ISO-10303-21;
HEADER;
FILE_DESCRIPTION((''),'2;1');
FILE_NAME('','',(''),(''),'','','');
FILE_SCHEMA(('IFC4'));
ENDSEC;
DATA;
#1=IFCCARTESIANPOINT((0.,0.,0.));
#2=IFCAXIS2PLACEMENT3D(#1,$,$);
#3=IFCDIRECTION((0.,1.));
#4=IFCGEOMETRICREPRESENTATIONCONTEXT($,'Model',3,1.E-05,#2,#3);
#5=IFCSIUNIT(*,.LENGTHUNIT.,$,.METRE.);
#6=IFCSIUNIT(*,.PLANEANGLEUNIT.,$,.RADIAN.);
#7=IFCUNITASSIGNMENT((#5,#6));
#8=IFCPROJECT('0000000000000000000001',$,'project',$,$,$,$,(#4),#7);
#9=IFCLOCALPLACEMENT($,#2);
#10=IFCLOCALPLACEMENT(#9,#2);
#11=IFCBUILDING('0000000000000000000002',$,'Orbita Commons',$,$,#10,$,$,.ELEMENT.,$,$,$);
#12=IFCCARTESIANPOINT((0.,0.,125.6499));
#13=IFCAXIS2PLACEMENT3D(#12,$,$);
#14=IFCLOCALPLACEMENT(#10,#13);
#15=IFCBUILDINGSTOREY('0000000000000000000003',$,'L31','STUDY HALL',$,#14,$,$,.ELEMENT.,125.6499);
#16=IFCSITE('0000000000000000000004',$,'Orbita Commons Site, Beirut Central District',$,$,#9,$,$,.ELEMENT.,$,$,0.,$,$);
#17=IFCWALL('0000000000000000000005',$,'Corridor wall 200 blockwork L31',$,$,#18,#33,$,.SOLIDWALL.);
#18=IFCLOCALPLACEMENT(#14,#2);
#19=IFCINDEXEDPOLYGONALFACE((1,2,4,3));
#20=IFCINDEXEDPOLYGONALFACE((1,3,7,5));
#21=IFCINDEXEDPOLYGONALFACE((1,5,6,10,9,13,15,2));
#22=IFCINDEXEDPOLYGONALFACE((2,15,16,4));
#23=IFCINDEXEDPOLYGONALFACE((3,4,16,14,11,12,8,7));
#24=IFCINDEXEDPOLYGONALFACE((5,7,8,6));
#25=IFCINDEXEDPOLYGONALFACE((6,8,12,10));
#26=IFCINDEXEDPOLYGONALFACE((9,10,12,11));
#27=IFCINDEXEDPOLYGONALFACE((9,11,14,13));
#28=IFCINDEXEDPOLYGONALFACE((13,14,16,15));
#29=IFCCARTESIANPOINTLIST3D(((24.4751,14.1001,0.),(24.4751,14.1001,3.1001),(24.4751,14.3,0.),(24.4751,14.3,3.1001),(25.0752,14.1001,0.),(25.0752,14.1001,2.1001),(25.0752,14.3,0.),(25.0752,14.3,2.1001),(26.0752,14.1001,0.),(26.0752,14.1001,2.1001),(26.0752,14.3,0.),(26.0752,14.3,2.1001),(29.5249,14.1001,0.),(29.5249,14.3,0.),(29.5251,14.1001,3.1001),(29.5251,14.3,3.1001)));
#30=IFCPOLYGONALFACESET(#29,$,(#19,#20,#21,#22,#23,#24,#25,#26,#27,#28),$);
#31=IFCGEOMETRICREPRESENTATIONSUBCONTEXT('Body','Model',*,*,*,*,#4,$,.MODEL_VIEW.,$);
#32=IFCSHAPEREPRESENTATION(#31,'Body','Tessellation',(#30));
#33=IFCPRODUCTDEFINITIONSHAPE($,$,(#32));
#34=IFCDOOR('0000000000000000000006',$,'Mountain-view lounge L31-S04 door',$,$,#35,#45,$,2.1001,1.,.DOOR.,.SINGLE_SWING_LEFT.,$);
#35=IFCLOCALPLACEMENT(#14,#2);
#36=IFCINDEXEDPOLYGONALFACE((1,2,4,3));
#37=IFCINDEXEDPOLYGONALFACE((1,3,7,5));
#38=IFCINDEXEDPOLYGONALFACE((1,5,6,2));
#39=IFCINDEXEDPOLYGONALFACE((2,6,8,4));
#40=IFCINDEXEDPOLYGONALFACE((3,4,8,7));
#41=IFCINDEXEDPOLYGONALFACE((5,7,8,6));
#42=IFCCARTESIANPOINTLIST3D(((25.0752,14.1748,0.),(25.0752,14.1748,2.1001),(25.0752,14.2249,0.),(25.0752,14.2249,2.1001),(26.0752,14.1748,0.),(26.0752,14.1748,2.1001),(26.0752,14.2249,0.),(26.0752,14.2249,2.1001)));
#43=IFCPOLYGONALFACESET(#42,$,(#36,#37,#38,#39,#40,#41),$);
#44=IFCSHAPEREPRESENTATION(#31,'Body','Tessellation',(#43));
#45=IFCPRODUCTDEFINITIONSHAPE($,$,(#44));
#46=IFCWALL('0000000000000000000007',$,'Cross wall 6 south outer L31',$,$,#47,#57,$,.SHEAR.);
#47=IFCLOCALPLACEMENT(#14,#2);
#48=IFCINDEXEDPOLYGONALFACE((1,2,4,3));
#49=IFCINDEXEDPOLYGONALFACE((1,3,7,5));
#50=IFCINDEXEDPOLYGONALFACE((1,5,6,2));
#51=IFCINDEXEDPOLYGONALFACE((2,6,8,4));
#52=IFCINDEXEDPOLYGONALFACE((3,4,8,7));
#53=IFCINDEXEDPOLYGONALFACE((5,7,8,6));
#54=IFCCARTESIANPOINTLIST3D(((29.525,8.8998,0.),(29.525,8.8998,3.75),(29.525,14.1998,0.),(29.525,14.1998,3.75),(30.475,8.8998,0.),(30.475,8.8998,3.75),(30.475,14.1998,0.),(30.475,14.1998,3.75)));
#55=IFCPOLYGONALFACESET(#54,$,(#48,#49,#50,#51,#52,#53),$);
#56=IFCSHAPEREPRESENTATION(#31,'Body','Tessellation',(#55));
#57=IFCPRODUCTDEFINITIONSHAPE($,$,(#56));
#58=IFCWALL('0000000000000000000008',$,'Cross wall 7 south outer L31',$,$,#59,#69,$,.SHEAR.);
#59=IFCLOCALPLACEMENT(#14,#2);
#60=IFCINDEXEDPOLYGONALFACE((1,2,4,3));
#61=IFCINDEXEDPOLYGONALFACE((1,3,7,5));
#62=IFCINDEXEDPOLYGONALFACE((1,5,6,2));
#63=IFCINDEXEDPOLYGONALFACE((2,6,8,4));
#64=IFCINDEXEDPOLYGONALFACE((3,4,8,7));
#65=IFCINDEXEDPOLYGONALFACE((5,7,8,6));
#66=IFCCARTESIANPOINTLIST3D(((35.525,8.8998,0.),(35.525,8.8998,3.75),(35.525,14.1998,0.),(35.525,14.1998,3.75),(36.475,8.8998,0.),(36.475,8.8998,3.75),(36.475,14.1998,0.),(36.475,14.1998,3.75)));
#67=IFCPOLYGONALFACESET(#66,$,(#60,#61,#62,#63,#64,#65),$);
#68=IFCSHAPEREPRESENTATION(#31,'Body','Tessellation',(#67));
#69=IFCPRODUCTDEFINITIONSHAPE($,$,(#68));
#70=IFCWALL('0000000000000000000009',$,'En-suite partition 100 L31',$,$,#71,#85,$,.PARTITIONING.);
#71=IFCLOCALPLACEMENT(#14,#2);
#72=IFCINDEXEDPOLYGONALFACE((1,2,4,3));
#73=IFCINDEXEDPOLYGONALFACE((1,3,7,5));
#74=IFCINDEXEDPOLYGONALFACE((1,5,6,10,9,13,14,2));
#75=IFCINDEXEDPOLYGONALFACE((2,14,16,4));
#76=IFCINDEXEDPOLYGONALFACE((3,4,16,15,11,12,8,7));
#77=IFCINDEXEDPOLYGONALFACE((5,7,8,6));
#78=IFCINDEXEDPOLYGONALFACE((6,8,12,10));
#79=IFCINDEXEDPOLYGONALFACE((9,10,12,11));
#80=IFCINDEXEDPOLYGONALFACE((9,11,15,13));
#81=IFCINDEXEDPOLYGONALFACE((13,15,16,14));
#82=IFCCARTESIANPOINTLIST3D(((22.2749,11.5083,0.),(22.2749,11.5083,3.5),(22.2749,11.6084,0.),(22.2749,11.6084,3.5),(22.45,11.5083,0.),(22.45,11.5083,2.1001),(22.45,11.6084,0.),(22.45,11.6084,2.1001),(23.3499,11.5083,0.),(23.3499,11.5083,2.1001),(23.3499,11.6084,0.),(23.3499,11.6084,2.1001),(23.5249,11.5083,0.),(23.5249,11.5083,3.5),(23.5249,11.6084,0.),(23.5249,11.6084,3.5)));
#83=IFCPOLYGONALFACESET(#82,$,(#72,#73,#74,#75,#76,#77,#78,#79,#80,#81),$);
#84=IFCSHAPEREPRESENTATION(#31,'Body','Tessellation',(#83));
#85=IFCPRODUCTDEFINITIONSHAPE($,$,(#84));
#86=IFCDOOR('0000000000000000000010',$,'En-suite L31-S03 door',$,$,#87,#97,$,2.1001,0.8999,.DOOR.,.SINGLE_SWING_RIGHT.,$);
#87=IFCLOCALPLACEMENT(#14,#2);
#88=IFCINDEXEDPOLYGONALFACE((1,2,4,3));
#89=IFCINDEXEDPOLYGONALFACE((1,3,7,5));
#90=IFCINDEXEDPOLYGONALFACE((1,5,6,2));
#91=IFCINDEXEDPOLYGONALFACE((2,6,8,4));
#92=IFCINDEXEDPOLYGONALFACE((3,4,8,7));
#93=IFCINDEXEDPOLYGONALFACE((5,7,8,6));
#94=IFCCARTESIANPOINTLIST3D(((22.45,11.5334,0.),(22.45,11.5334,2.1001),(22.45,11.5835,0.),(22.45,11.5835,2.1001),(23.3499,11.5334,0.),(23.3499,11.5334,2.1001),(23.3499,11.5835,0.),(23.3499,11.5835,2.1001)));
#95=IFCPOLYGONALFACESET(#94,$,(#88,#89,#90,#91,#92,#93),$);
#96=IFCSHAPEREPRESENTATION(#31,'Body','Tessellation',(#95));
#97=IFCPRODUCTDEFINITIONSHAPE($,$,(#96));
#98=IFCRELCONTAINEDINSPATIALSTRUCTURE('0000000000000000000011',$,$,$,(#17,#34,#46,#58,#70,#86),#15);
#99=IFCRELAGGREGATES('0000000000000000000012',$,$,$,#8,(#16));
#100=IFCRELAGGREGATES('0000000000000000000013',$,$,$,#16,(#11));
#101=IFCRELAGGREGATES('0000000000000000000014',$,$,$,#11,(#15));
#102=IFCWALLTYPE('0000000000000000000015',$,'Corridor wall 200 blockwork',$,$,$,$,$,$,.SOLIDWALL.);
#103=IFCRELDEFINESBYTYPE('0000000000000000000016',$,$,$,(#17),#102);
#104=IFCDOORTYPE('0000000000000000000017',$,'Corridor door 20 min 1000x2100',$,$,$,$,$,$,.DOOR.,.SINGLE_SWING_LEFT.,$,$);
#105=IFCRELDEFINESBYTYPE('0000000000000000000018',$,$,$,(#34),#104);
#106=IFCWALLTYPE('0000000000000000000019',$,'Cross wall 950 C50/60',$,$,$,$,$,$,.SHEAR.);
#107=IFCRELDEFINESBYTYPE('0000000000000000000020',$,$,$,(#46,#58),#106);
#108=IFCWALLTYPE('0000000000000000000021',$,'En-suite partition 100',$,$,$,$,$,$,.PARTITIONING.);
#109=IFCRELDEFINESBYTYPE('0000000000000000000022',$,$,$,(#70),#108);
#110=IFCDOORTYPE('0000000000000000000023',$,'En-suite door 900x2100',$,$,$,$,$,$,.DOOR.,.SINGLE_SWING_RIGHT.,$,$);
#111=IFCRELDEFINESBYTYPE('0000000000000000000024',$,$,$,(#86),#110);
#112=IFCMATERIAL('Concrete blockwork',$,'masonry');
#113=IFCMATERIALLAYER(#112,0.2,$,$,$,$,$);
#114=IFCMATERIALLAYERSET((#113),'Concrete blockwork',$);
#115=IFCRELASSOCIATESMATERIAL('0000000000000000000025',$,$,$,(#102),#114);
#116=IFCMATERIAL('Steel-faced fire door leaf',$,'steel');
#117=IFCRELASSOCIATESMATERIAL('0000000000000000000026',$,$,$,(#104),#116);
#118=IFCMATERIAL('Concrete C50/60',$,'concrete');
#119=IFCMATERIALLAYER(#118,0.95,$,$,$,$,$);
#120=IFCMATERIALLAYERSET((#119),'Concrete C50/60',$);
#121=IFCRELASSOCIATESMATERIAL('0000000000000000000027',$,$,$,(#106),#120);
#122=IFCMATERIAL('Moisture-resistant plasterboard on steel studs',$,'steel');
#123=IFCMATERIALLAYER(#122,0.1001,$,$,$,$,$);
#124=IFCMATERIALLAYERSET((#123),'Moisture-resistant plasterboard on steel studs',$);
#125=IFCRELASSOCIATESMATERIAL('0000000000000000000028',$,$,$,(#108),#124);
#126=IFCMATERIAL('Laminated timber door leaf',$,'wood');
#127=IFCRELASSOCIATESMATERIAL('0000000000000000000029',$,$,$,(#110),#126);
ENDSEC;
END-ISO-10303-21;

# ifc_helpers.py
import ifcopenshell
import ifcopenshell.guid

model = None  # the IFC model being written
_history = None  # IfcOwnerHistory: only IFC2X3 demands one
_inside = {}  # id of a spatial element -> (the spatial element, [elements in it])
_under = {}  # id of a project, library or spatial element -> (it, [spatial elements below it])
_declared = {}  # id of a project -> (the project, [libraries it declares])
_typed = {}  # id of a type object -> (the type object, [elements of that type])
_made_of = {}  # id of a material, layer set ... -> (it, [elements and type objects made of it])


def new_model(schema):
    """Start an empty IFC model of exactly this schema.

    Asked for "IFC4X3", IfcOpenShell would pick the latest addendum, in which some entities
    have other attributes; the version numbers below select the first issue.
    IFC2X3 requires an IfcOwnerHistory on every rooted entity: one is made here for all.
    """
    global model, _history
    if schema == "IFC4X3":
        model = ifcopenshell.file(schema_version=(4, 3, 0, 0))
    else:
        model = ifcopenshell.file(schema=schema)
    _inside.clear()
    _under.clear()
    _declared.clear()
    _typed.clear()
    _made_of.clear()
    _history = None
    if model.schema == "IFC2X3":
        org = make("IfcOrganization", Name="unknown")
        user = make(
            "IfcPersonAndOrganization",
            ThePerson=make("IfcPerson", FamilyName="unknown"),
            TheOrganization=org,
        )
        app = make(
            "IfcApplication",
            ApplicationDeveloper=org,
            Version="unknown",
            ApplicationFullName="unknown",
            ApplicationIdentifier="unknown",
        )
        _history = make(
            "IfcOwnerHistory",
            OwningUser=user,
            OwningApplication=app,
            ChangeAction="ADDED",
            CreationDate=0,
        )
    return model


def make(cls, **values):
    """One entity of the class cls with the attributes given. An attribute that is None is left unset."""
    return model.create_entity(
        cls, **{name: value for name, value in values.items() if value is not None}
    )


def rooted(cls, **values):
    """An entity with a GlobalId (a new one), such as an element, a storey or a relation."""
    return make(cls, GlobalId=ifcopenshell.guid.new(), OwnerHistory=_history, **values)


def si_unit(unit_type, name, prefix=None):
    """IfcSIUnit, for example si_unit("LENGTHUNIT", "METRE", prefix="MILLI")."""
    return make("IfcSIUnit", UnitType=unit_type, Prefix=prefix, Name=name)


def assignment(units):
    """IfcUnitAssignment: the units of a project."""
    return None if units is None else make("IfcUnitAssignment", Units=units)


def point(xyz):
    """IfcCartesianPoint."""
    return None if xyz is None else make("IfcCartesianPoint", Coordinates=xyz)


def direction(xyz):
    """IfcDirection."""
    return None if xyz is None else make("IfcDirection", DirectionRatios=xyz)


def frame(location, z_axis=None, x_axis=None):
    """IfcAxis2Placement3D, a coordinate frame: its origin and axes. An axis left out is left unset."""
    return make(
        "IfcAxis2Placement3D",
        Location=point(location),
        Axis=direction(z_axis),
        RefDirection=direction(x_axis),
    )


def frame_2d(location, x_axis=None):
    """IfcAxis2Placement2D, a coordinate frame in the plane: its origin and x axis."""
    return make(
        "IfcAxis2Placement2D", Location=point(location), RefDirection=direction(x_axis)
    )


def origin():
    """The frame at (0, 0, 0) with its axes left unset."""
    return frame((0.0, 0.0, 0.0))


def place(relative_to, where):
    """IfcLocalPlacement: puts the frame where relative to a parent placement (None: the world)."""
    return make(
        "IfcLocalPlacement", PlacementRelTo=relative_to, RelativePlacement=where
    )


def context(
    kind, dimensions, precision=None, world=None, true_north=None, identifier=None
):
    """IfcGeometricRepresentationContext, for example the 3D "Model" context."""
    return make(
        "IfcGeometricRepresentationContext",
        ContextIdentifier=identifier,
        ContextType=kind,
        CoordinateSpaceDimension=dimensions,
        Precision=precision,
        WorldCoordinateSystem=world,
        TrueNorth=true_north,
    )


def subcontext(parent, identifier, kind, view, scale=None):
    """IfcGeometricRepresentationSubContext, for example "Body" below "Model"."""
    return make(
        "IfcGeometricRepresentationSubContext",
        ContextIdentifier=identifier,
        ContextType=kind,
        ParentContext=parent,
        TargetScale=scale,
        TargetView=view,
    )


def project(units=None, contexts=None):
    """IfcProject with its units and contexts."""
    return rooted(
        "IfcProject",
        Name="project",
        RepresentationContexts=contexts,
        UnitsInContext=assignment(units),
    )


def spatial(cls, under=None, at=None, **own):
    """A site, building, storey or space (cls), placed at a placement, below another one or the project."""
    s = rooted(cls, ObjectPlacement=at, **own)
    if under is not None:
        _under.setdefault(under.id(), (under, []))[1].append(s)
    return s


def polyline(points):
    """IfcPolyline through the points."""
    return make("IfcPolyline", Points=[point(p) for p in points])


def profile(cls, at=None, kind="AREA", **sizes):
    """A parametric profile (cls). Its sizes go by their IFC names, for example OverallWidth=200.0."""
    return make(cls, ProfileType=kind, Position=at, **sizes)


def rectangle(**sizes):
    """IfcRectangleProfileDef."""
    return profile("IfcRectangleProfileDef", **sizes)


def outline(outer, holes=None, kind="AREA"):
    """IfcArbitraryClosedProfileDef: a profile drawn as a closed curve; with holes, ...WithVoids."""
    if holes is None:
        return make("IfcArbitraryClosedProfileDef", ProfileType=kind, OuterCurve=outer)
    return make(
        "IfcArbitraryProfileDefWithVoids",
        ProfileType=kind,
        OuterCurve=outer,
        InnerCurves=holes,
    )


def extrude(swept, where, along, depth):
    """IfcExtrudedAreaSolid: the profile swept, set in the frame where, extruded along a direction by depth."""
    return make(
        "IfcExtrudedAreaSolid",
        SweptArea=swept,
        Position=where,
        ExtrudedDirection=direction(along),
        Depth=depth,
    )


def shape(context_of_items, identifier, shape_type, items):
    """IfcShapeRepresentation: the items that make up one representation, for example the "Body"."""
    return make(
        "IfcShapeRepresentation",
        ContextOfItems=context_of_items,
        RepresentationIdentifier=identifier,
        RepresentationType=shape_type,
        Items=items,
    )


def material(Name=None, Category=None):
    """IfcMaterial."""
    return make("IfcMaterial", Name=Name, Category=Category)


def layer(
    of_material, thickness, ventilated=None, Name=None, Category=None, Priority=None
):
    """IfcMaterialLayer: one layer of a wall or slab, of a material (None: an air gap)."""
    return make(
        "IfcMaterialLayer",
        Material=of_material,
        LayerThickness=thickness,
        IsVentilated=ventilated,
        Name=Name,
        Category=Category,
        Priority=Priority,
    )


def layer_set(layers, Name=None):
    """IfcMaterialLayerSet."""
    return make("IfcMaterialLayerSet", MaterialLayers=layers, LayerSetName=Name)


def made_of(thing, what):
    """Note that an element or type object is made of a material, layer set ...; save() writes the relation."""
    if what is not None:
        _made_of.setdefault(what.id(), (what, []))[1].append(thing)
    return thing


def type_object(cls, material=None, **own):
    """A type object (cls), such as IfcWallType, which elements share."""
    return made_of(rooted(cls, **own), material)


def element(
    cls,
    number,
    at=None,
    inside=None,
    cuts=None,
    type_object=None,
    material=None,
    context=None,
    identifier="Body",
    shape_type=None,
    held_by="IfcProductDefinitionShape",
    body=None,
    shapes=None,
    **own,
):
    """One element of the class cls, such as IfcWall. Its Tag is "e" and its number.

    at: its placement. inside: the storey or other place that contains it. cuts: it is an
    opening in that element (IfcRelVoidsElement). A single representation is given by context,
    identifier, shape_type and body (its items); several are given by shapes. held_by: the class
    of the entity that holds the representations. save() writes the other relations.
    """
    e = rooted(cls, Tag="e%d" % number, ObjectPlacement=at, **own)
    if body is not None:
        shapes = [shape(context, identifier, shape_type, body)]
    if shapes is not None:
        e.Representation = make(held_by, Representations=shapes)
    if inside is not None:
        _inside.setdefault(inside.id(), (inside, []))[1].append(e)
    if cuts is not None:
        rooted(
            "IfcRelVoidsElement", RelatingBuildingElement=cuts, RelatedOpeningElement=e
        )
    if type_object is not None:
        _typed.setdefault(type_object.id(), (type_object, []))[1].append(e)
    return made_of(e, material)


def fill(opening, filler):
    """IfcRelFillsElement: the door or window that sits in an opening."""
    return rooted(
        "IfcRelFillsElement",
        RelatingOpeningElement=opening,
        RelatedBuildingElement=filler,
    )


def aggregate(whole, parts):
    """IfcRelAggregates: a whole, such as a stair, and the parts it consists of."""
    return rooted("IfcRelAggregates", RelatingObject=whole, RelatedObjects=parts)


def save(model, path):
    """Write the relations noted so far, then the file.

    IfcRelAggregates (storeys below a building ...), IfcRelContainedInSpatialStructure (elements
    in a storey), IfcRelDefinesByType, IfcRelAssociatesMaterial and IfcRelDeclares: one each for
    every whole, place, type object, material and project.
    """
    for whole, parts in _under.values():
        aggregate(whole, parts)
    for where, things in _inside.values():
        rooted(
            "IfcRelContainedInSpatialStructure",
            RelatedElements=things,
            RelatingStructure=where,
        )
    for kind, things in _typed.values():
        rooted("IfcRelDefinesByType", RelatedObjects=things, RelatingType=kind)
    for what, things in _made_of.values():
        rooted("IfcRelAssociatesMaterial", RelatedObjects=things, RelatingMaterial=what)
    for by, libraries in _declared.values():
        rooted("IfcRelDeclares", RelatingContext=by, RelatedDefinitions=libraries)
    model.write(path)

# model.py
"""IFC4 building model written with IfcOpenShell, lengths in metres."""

from ifc_helpers import new_model, si_unit, direction, frame, frame_2d, origin, place, context, subcontext, project, spatial, polyline, rectangle, outline, extrude, material, layer, layer_set, type_object, element, fill, save


model = new_model("IFC4")

# Units and contexts
model_context = context("Model", 3, precision=1e-05, world=origin(), true_north=direction((0.0, 1.0)))
body_context = subcontext(model_context, "Body", "Model", "MODEL_VIEW")
ifc_project = project(units=[si_unit("LENGTHUNIT", "METRE"), si_unit("PLANEANGLEUNIT", "RADIAN")], contexts=[model_context])

# Site, building, storey
site_placement = place(None, origin())
site = spatial("IfcSite", under=ifc_project, at=site_placement, Name="Orbita Commons Site, Beirut Central District", CompositionType="ELEMENT", RefElevation=0.0)
building_placement = place(site_placement, origin())
building = spatial("IfcBuilding", under=site, at=building_placement, Name="Orbita Commons", CompositionType="ELEMENT")
storey_placement = place(building_placement, frame((0.0, 0.0, 125.6499)))
storey = spatial("IfcBuildingStorey", under=building, at=storey_placement, Name="L31", Description="STUDY HALL", CompositionType="ELEMENT", Elevation=125.6499)

# Wall, opening, door
ifc_material_1 = material(Name="Concrete blockwork", Category="masonry")
ifc_layer_1 = layer(ifc_material_1, 0.2)
ifc_layer_set_1 = layer_set([ifc_layer_1], Name="Concrete blockwork")
wall_type_1 = type_object("IfcWallType", Name="Corridor wall 200 blockwork", PredefinedType="SOLIDWALL", material=ifc_layer_set_1)
wall_1_placement = place(storey_placement, frame((24.4751, 14.2, 0.0), z_axis=(0.0, 0.0, 1.0), x_axis=(1.0, 0.0, 0.0)))
wall_1 = element("IfcWall", 1, at=wall_1_placement, inside=storey, type_object=wall_type_1, Name="Corridor wall 200 blockwork L31", PredefinedType="SOLIDWALL", context=body_context, shape_type="SweptSolid", body=[
    extrude(outline(polyline([(0.0, 0.0), (5.0498, 0.0), (5.05, 3.1001), (0.0, 3.1001), (0.0, 0.0)])), frame((0.0, 0.1001, 0.0), z_axis=(0.0, -1.0, 0.0), x_axis=(1.0, 0.0, 0.0)), (0.0, 0.0, 1.0), 0.2),
])
opening_1_placement = place(wall_1_placement, frame((0.6001, 0.0, 0.0)))
opening_1 = element("IfcOpeningElement", 2, at=opening_1_placement, cuts=wall_1, PredefinedType="OPENING", context=body_context, shape_type="SweptSolid", body=[
    extrude(rectangle(XDim=1.0, YDim=2.1001, at=frame_2d((0.5, 1.05))), frame((0.0, 0.1099, 0.0), z_axis=(0.0, -1.0, 0.0), x_axis=(1.0, 0.0, 0.0)), (0.0, 0.0, 1.0), 0.22),
])
ifc_material_2 = material(Name="Steel-faced fire door leaf", Category="steel")
door_type_1 = type_object("IfcDoorType", Name="Corridor door 20 min 1000x2100", OperationType="SINGLE_SWING_LEFT", PredefinedType="DOOR", material=ifc_material_2)
door_1_placement = place(opening_1_placement, origin())
door_1 = element("IfcDoor", 3, at=door_1_placement, inside=storey, type_object=door_type_1, Name="Mountain-view lounge L31-S04 door", OperationType="SINGLE_SWING_LEFT", OverallHeight=2.1001, OverallWidth=1.0, PredefinedType="DOOR", context=body_context, shape_type="SweptSolid", body=[
    extrude(rectangle(XDim=1.0, YDim=2.1001, at=frame_2d((0.5, 1.05))), frame((0.0, 0.0249, 0.0), z_axis=(0.0, -1.0, 0.0), x_axis=(1.0, 0.0, 0.0)), (0.0, 0.0, 1.0), 0.05),
])
fill(opening_1, door_1)

# Walls
ifc_material_3 = material(Name="Concrete C50/60", Category="concrete")
ifc_layer_2 = layer(ifc_material_3, 0.95)
ifc_layer_set_2 = layer_set([ifc_layer_2], Name="Concrete C50/60")
wall_type_2 = type_object("IfcWallType", Name="Cross wall 950 C50/60", PredefinedType="SHEAR", material=ifc_layer_set_2)
for number, where, z_axis, x_axis, name in (
    (4, (30.0, 8.8999, 0.0), (0.0, 0.0, 1.0), (0.0, 1.0, 0.0), "Cross wall 6 south outer L31"),
    (5, (36.0, 8.8999, 0.0), (0.0, 0.0, 1.0), (0.0, 1.0, 0.0), "Cross wall 7 south outer L31"),
):
    element("IfcWall", number, at=place(storey_placement, frame(where, z_axis=z_axis, x_axis=x_axis)), inside=storey, type_object=wall_type_2, Name=name, PredefinedType="SHEAR", context=body_context, shape_type="SweptSolid", body=[
        extrude(rectangle(XDim=5.3, YDim=0.95, at=frame_2d((2.6499, 0.0))), origin(), (0.0, 0.0, 1.0), 3.75),
    ])

# Wall, opening, door
ifc_material_4 = material(Name="Moisture-resistant plasterboard on steel studs", Category="steel")
ifc_layer_3 = layer(ifc_material_4, 0.1001)
ifc_layer_set_3 = layer_set([ifc_layer_3], Name="Moisture-resistant plasterboard on steel studs")
wall_type_3 = type_object("IfcWallType", Name="En-suite partition 100", PredefinedType="PARTITIONING", material=ifc_layer_set_3)
wall_2_placement = place(storey_placement, frame((23.5249, 11.5583, 0.0), z_axis=(0.0, 0.0, 1.0), x_axis=(-1.0, 0.0, 0.0)))
wall_2 = element("IfcWall", 6, at=wall_2_placement, inside=storey, type_object=wall_type_3, Name="En-suite partition 100 L31", PredefinedType="PARTITIONING", context=body_context, shape_type="SweptSolid", body=[
    extrude(rectangle(XDim=1.25, YDim=0.1001, at=frame_2d((0.625, 0.0))), origin(), (0.0, 0.0, 1.0), 3.5),
])
opening_2_placement = place(wall_2_placement, frame((0.175, 0.0, 0.0)))
opening_2 = element("IfcOpeningElement", 7, at=opening_2_placement, cuts=wall_2, PredefinedType="OPENING", context=body_context, shape_type="SweptSolid", body=[
    extrude(rectangle(XDim=0.8999, YDim=2.1001, at=frame_2d((0.45, 1.05))), frame((0.0, 0.0601, 0.0), z_axis=(0.0, -1.0, 0.0), x_axis=(1.0, 0.0, 0.0)), (0.0, 0.0, 1.0), 0.1201),
])
ifc_material_5 = material(Name="Laminated timber door leaf", Category="wood")
door_type_2 = type_object("IfcDoorType", Name="En-suite door 900x2100", OperationType="SINGLE_SWING_RIGHT", PredefinedType="DOOR", material=ifc_material_5)
door_2_placement = place(opening_2_placement, origin())
door_2 = element("IfcDoor", 8, at=door_2_placement, inside=storey, type_object=door_type_2, Name="En-suite L31-S03 door", OperationType="SINGLE_SWING_RIGHT", OverallHeight=2.1001, OverallWidth=0.8999, PredefinedType="DOOR", context=body_context, shape_type="SweptSolid", body=[
    extrude(rectangle(XDim=0.8999, YDim=2.1001, at=frame_2d((0.45, 1.05))), frame((0.0, 0.0249, 0.0), z_axis=(0.0, -1.0, 0.0), x_axis=(1.0, 0.0, 0.0)), (0.0, 0.0, 1.0), 0.05),
])
fill(opening_2, door_2)

save(model, "model.ifc")
